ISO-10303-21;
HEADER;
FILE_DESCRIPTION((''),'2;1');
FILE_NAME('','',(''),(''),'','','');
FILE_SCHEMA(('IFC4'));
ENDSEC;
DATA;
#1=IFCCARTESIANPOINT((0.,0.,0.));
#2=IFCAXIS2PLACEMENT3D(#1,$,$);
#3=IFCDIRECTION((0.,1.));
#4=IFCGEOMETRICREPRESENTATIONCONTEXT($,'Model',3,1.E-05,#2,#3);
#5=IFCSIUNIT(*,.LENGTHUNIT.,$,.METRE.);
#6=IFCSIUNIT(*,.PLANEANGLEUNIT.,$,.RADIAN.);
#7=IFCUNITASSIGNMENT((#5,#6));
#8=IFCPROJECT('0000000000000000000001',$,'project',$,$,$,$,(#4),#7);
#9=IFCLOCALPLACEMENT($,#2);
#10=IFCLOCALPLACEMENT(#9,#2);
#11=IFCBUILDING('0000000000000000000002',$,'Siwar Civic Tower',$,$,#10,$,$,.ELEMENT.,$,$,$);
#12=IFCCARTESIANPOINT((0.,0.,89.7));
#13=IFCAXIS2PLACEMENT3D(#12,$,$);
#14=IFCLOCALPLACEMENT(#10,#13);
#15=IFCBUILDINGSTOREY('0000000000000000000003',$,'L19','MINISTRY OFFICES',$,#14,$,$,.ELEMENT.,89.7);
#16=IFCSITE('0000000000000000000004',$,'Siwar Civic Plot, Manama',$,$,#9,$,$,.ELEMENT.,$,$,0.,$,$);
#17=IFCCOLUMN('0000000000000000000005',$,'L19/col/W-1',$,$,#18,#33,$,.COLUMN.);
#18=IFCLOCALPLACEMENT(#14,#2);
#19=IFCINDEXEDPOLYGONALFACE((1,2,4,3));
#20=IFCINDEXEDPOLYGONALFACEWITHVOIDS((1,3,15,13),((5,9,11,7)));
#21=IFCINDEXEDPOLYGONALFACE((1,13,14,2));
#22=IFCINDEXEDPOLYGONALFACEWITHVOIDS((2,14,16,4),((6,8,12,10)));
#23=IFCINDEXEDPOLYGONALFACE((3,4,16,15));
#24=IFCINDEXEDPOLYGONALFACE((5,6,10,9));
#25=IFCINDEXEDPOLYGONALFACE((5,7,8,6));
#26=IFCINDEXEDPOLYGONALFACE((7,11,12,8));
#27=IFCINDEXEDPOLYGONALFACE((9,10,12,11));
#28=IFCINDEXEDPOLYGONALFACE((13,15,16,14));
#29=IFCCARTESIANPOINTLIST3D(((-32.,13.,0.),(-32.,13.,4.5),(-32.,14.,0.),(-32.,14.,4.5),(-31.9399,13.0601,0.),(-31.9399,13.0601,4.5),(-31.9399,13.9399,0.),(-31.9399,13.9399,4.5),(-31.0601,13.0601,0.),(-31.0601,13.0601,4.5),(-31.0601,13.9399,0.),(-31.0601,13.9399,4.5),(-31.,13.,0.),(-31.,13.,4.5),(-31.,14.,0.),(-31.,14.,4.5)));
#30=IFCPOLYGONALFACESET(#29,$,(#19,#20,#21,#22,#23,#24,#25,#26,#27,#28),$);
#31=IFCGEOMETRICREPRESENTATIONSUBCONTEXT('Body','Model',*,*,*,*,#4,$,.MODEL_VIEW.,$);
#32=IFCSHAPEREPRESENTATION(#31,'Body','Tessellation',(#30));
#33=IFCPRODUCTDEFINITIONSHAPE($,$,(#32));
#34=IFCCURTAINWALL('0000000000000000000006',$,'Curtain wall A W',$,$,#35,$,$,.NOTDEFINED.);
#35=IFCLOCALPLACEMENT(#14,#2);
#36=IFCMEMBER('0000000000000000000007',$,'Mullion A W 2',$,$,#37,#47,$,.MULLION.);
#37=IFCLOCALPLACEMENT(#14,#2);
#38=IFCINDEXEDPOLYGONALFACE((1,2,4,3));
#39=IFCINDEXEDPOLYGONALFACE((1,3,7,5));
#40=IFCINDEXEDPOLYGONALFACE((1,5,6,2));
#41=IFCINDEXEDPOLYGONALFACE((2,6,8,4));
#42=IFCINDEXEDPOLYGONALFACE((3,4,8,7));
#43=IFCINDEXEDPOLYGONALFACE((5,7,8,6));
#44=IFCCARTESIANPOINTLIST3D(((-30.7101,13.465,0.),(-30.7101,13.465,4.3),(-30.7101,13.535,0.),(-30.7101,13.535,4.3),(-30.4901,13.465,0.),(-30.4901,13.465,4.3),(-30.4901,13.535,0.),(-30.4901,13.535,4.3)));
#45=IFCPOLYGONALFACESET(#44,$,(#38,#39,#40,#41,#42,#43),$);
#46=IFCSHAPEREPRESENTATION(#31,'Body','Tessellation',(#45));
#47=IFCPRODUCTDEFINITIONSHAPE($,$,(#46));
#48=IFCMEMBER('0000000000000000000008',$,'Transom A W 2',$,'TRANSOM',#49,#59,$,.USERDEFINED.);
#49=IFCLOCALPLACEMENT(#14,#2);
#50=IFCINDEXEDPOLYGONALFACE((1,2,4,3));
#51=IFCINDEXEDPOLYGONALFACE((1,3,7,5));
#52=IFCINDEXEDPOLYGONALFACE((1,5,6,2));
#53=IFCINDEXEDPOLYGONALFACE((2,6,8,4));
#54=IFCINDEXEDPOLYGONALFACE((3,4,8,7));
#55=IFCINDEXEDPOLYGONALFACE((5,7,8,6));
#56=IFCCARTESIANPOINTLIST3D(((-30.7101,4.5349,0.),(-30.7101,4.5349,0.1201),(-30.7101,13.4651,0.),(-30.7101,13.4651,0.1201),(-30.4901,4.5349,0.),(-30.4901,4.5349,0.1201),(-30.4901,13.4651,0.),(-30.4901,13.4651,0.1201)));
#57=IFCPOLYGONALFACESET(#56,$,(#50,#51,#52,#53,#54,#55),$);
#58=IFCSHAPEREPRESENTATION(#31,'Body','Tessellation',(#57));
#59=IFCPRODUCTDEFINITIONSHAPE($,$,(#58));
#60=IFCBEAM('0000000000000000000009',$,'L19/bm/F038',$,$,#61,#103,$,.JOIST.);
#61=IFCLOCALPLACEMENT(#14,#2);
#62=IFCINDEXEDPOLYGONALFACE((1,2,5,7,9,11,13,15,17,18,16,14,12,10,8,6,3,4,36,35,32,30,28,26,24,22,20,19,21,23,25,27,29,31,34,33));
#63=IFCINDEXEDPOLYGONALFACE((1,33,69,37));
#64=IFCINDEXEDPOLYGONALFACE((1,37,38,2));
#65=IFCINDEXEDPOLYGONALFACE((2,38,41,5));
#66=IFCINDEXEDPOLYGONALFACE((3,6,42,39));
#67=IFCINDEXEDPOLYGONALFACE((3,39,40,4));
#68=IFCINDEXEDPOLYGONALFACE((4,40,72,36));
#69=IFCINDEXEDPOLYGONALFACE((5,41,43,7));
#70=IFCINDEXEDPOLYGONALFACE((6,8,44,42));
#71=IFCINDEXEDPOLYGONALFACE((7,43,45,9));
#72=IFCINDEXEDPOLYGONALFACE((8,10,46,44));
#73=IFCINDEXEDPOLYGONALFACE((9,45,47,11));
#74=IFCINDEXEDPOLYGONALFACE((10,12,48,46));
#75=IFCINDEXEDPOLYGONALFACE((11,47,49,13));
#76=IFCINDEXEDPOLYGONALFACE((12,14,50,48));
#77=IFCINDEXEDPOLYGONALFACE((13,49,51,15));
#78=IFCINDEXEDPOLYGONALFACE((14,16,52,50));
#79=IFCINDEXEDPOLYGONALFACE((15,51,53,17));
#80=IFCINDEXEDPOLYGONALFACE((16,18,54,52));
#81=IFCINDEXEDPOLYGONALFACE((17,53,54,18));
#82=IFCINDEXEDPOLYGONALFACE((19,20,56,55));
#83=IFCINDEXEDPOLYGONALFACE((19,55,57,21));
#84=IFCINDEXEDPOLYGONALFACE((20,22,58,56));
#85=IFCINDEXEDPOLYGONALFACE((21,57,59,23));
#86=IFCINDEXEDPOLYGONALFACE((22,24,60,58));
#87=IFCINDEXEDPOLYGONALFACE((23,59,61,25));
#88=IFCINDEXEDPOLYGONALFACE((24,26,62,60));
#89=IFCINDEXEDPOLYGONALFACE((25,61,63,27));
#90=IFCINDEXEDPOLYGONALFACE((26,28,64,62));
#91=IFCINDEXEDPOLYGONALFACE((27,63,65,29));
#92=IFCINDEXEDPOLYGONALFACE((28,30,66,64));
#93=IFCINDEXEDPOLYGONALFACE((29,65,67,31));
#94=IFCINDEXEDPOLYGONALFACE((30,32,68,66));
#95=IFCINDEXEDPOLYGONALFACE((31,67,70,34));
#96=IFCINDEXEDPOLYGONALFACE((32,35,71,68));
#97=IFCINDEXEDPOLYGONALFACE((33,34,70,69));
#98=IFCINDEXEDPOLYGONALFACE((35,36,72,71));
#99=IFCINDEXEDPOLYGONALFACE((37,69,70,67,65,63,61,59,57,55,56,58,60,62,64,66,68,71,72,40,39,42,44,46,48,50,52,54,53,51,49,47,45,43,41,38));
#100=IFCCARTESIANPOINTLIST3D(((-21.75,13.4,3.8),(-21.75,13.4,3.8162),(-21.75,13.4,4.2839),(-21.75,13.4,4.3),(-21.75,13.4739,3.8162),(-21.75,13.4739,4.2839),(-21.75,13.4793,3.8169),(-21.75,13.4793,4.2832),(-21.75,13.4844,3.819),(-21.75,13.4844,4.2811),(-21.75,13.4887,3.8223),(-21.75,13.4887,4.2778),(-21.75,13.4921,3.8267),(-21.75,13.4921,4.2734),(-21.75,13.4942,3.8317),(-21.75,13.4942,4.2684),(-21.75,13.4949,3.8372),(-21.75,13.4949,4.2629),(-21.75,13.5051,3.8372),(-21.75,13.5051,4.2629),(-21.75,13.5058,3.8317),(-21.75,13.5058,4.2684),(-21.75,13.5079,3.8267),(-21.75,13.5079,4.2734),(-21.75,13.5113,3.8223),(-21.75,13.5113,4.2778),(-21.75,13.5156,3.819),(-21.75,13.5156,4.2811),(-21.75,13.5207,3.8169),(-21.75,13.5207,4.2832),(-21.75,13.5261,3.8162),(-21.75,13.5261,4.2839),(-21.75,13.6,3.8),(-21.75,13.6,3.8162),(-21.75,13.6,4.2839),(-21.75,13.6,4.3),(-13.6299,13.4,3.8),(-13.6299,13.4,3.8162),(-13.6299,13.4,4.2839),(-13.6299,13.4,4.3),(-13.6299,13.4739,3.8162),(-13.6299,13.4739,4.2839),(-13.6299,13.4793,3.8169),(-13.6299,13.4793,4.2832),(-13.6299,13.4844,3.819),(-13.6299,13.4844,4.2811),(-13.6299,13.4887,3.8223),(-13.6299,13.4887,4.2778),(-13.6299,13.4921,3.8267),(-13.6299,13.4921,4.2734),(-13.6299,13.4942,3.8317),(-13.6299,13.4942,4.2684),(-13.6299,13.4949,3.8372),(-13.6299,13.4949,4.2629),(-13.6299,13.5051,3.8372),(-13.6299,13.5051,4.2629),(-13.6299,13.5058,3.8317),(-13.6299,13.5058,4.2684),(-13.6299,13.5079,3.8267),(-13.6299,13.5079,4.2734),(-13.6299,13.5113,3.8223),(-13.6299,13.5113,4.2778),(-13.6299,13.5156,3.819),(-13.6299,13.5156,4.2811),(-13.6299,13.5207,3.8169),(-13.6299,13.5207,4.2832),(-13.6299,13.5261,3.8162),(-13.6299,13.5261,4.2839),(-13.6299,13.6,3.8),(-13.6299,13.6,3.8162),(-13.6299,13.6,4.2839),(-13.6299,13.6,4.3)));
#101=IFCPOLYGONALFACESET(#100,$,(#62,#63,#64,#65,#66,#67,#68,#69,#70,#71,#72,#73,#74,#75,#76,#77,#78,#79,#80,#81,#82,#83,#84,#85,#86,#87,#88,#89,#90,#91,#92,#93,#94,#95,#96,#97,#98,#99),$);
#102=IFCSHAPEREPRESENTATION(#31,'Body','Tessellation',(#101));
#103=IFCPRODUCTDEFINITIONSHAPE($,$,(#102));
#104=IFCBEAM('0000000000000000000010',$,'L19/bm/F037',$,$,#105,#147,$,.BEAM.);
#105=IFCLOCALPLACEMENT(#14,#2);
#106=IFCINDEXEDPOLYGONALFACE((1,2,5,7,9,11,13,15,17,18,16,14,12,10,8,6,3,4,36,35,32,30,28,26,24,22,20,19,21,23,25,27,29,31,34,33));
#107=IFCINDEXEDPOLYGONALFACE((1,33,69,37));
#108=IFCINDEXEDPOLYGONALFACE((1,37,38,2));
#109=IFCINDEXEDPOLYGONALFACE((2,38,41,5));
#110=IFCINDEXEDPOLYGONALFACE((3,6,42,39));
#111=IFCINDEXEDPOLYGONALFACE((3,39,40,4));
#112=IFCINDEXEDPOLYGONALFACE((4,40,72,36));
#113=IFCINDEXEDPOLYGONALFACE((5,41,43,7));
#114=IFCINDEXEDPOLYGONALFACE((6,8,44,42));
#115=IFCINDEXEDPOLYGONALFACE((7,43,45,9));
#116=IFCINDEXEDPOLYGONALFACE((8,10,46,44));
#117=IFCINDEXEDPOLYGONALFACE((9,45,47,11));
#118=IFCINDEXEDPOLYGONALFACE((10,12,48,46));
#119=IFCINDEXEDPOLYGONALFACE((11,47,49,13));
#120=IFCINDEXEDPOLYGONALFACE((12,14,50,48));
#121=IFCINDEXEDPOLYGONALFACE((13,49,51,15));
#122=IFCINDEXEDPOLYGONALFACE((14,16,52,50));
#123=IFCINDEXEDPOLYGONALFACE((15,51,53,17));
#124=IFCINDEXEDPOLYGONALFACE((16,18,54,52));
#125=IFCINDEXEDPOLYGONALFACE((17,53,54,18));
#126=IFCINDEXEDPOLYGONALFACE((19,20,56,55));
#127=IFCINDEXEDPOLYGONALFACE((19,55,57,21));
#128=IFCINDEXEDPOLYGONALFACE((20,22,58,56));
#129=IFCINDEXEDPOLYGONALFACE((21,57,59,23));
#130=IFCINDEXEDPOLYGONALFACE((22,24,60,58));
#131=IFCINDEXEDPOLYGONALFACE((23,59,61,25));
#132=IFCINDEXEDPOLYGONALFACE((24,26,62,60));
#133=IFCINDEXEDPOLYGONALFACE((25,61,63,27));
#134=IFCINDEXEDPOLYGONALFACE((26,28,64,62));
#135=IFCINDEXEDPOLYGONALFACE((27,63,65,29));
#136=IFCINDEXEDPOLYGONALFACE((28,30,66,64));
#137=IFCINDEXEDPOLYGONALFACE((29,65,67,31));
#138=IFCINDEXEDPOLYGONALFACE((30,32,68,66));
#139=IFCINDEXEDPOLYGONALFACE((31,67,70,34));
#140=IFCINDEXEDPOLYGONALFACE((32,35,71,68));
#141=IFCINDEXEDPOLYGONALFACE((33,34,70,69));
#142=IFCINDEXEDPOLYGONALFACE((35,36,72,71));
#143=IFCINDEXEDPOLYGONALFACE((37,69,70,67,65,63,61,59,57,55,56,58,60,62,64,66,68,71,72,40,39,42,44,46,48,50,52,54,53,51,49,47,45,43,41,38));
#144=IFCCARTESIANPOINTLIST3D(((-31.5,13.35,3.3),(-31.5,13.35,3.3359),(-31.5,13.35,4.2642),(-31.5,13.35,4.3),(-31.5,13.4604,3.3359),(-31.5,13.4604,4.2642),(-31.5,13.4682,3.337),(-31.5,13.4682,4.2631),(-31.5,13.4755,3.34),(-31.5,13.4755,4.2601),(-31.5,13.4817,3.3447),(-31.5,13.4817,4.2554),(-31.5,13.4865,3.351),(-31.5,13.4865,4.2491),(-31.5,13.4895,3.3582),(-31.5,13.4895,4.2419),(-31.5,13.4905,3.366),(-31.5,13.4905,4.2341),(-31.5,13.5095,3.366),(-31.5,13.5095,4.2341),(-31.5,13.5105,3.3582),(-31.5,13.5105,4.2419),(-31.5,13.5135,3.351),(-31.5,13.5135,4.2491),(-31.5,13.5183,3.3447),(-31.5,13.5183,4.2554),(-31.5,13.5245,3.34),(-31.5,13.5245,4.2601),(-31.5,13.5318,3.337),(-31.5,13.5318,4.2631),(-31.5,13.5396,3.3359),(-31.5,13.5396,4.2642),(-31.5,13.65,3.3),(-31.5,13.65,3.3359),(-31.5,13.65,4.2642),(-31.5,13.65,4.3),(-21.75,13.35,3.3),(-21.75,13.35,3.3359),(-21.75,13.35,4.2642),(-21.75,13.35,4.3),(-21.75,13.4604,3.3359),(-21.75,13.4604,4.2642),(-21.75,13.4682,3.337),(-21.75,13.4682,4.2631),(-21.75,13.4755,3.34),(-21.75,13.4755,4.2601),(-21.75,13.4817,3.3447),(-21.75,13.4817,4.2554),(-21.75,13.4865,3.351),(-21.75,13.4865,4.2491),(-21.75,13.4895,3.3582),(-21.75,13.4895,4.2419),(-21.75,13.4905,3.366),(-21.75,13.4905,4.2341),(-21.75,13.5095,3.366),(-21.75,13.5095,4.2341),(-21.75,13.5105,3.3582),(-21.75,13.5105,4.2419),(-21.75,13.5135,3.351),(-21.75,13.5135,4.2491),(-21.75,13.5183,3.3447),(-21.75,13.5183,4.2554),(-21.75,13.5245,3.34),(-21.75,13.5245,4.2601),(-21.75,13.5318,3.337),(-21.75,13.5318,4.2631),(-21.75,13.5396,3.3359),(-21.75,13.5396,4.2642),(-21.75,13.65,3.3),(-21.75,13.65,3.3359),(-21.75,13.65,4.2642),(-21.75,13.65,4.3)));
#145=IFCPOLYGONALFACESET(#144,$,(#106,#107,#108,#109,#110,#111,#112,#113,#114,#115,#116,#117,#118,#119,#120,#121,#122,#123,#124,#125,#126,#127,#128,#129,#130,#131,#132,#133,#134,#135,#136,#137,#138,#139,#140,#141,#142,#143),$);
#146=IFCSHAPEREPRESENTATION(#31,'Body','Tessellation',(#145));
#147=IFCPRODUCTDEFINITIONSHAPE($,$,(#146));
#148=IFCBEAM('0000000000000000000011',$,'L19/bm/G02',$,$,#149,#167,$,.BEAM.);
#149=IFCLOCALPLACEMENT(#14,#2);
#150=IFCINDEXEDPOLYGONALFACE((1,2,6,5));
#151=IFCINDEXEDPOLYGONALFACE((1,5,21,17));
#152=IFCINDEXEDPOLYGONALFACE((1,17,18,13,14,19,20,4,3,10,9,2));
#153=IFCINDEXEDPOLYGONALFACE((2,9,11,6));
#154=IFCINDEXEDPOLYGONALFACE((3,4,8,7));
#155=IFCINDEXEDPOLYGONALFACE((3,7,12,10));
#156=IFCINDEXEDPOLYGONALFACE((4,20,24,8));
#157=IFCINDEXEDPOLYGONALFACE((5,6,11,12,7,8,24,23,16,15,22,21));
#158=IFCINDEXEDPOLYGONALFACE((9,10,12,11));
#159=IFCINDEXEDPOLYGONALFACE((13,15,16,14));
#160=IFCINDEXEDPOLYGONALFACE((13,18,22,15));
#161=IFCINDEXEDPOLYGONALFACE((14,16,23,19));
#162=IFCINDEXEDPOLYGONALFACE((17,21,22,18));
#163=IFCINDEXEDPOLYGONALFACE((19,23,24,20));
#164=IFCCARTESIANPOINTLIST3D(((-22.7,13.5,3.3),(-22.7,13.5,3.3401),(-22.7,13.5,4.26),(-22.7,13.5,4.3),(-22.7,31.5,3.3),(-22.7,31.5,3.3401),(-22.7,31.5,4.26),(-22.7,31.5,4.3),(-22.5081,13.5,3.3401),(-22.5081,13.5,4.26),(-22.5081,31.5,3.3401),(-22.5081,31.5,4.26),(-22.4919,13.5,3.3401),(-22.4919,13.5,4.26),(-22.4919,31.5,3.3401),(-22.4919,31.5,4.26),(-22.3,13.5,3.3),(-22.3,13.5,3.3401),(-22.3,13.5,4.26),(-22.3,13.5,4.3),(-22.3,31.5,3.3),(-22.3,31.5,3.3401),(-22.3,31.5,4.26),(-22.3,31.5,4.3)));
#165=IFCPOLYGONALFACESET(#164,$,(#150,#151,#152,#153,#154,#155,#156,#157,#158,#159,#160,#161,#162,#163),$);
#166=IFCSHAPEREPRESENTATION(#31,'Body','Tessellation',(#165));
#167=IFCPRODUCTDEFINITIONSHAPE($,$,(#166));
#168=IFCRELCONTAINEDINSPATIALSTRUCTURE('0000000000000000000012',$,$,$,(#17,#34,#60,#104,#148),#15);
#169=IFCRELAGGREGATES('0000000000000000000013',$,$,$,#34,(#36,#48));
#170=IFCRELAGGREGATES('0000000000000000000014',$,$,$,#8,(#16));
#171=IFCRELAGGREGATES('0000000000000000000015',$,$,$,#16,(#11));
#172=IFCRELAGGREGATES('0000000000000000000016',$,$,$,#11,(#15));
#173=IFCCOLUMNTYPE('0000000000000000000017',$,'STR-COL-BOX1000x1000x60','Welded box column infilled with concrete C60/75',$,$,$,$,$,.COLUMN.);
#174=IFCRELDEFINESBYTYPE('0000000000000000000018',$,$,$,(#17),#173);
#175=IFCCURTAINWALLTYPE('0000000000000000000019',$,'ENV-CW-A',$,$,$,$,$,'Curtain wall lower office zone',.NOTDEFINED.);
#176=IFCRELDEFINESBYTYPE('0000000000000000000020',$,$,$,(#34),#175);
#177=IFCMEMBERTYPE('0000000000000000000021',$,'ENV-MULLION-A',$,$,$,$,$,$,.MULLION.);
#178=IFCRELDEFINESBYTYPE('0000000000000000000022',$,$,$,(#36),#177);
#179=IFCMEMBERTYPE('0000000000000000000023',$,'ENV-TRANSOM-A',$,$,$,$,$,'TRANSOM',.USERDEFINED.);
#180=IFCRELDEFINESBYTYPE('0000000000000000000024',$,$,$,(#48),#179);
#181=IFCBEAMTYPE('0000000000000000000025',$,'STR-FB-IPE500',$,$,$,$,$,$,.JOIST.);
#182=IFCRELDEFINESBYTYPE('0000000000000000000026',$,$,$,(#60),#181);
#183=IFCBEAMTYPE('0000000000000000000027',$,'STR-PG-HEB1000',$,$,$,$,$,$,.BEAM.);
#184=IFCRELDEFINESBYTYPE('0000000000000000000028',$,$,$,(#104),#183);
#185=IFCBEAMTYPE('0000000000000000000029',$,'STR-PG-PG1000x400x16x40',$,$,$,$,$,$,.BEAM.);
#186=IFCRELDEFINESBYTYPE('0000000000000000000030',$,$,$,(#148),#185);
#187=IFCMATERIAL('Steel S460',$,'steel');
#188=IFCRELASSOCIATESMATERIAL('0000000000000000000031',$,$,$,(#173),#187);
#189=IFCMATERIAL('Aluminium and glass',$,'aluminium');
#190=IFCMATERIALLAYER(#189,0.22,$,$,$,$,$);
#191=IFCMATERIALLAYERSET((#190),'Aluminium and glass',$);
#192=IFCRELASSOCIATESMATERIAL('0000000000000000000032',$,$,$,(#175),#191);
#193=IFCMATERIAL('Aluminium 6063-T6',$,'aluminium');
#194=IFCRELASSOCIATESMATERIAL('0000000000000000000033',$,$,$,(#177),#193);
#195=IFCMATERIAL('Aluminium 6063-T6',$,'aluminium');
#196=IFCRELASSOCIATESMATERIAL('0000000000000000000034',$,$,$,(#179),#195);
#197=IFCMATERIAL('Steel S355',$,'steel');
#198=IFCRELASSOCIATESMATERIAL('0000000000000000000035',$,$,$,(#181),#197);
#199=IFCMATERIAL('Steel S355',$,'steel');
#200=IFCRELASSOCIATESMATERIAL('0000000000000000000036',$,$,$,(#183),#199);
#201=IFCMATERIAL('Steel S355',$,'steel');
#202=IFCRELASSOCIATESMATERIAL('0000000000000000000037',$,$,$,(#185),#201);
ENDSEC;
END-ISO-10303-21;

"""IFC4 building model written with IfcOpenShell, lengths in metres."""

from ifc_helpers import new_model, si_unit, direction, frame, origin, origin_2d, place, context, subcontext, project, spatial, rectangle, hollow_rectangle, i_section, extrude, material, layer, layer_set, material_profile, profile_set, type_object, element, aggregate, save


model = new_model("IFC4")

# Units and contexts
model_context = context("Model", 3, precision=1e-05, world=origin(), true_north=direction((0.0, 1.0)))
body_context = subcontext(model_context, "Body", "Model", "MODEL_VIEW")
ifc_project = project(units=[si_unit("LENGTHUNIT", "METRE"), si_unit("PLANEANGLEUNIT", "RADIAN")], contexts=[model_context])

# Site, building, storey
site_placement = place(None, origin())
site = spatial("IfcSite", under=ifc_project, at=site_placement, Name="Siwar Civic Plot, Manama", CompositionType="ELEMENT", RefElevation=0.0)
building_placement = place(site_placement, origin())
building = spatial("IfcBuilding", under=site, at=building_placement, Name="Siwar Civic Tower", CompositionType="ELEMENT")
storey_placement = place(building_placement, frame((0.0, 0.0, 89.7)))
storey = spatial("IfcBuildingStorey", under=building, at=storey_placement, Name="L19", Description="MINISTRY OFFICES", CompositionType="ELEMENT", Elevation=89.7)

# Column
ifc_material_1 = material(Name="Steel S460", Category="steel")
ifc_material_profile_1 = material_profile(ifc_material_1, hollow_rectangle(XDim=1.0, YDim=1.0, WallThickness=0.0601, at=origin_2d()), Name="BOX1000x1000x60")
ifc_profile_set_1 = profile_set([ifc_material_profile_1], Name="Steel S460")
column_type = type_object("IfcColumnType", Name="STR-COL-BOX1000x1000x60", Description="Welded box column infilled with concrete C60/75", PredefinedType="COLUMN", material=ifc_profile_set_1)
column_placement = place(storey_placement, frame((-31.5, 13.5, 0.0), z_axis=(0.0, 0.0, 1.0), x_axis=(1.0, 0.0, 0.0)))
element("IfcColumn", 1, at=column_placement, inside=storey, type_object=column_type, Name="L19/col/W-1", PredefinedType="COLUMN", context=body_context, shape_type="SweptSolid", body=[
    extrude(hollow_rectangle(XDim=1.0, YDim=1.0, WallThickness=0.0601, at=origin_2d()), origin(), (0.0, 0.0, 1.0), 4.5),
])

# Curtain wall, members
ifc_material_2 = material(Name="Aluminium and glass", Category="aluminium")
ifc_layer_1 = layer(ifc_material_2, 0.22)
ifc_layer_set_1 = layer_set([ifc_layer_1], Name="Aluminium and glass")
curtain_wall_type = type_object("IfcCurtainWallType", Name="ENV-CW-A", ElementType="Curtain wall lower office zone", PredefinedType="NOTDEFINED", material=ifc_layer_set_1)
curtain_wall_placement = place(storey_placement, origin())
curtain_wall = element("IfcCurtainWall", 2, at=curtain_wall_placement, inside=storey, type_object=curtain_wall_type, Name="Curtain wall A W", PredefinedType="NOTDEFINED")
ifc_material_3 = material(Name="Aluminium 6063-T6", Category="aluminium")
ifc_material_profile_2 = material_profile(ifc_material_3, rectangle(XDim=0.22, YDim=0.0701, at=origin_2d()), Name="AL 220x70")
ifc_profile_set_2 = profile_set([ifc_material_profile_2], Name="Aluminium 6063-T6")
member_type_1 = type_object("IfcMemberType", Name="ENV-MULLION-A", PredefinedType="MULLION", material=ifc_profile_set_2)
member_1_placement = place(storey_placement, frame((-30.6001, 13.5, 0.0), z_axis=(0.0, 0.0, 1.0), x_axis=(1.0, 0.0, 0.0)))
member_1 = element("IfcMember", 3, at=member_1_placement, type_object=member_type_1, Name="Mullion A W 2", PredefinedType="MULLION", context=body_context, shape_type="SweptSolid", body=[
    extrude(rectangle(XDim=0.22, YDim=0.0701, at=origin_2d()), origin(), (0.0, 0.0, 1.0), 4.3),
])
ifc_material_4 = material(Name="Aluminium 6063-T6", Category="aluminium")
ifc_material_profile_3 = material_profile(ifc_material_4, rectangle(XDim=0.22, YDim=0.1201, at=origin_2d()), Name="AL 220x120")
ifc_profile_set_3 = profile_set([ifc_material_profile_3], Name="Aluminium 6063-T6")
member_type_2 = type_object("IfcMemberType", Name="ENV-TRANSOM-A", ElementType="TRANSOM", PredefinedType="USERDEFINED", material=ifc_profile_set_3)
member_2_placement = place(storey_placement, frame((-30.6001, 13.4651, 0.0601), z_axis=(0.0, -1.0, 0.0), x_axis=(1.0, 0.0, 0.0)))
member_2 = element("IfcMember", 4, at=member_2_placement, type_object=member_type_2, Name="Transom A W 2", ObjectType="TRANSOM", PredefinedType="USERDEFINED", context=body_context, shape_type="SweptSolid", body=[
    extrude(rectangle(XDim=0.22, YDim=0.1201, at=origin_2d()), origin(), (0.0, 0.0, 1.0), 8.9302),
])

# Beams
ifc_material_5 = material(Name="Steel S355", Category="steel")
ifc_material_profile_4 = material_profile(ifc_material_5, i_section(OverallWidth=0.2, OverallDepth=0.5, WebThickness=0.0103, FlangeThickness=0.0161, FilletRadius=0.021, at=origin_2d()), Name="IPE500")
ifc_profile_set_4 = profile_set([ifc_material_profile_4], Name="Steel S355")
beam_type_1 = type_object("IfcBeamType", Name="STR-FB-IPE500", PredefinedType="JOIST", material=ifc_profile_set_4)
beam_1_placement = place(storey_placement, frame((-21.75, 13.5, 4.05), z_axis=(1.0, 0.0, 0.0), x_axis=(0.0, 1.0, 0.0)))
element("IfcBeam", 5, at=beam_1_placement, inside=storey, type_object=beam_type_1, Name="L19/bm/F038", PredefinedType="JOIST", context=body_context, shape_type="SweptSolid", body=[
    extrude(i_section(OverallWidth=0.2, OverallDepth=0.5, WebThickness=0.0103, FlangeThickness=0.0161, FilletRadius=0.021, at=origin_2d()), origin(), (0.0, 0.0, 1.0), 8.1201),
])
ifc_material_6 = material(Name="Steel S355", Category="steel")
ifc_material_profile_5 = material_profile(ifc_material_6, i_section(OverallWidth=0.3, OverallDepth=1.0, WebThickness=0.019, FlangeThickness=0.0359, FilletRadius=0.03, at=origin_2d()), Name="HEB1000")
ifc_profile_set_5 = profile_set([ifc_material_profile_5], Name="Steel S355")
beam_type_2 = type_object("IfcBeamType", Name="STR-PG-HEB1000", PredefinedType="BEAM", material=ifc_profile_set_5)
beam_2_placement = place(storey_placement, frame((-31.5, 13.5, 3.8), z_axis=(1.0, 0.0, 0.0), x_axis=(0.0, 1.0, 0.0)))
element("IfcBeam", 6, at=beam_2_placement, inside=storey, type_object=beam_type_2, Name="L19/bm/F037", PredefinedType="BEAM", context=body_context, shape_type="SweptSolid", body=[
    extrude(i_section(OverallWidth=0.3, OverallDepth=1.0, WebThickness=0.019, FlangeThickness=0.0359, FilletRadius=0.03, at=origin_2d()), origin(), (0.0, 0.0, 1.0), 9.75),
])
ifc_material_7 = material(Name="Steel S355", Category="steel")
ifc_material_profile_6 = material_profile(ifc_material_7, i_section(OverallWidth=0.3999, OverallDepth=1.0, WebThickness=0.0161, FlangeThickness=0.04, at=origin_2d()), Name="PG1000x400x16x40")
ifc_profile_set_6 = profile_set([ifc_material_profile_6], Name="Steel S355")
beam_type_3 = type_object("IfcBeamType", Name="STR-PG-PG1000x400x16x40", PredefinedType="BEAM", material=ifc_profile_set_6)
beam_3_placement = place(storey_placement, frame((-22.5, 13.5, 3.8), z_axis=(0.0, 1.0, 0.0), x_axis=(-1.0, 0.0, 0.0)))
element("IfcBeam", 7, at=beam_3_placement, inside=storey, type_object=beam_type_3, Name="L19/bm/G02", PredefinedType="BEAM", context=body_context, shape_type="SweptSolid", body=[
    extrude(i_section(OverallWidth=0.3999, OverallDepth=1.0, WebThickness=0.0161, FlangeThickness=0.04, at=origin_2d()), origin(), (0.0, 0.0, 1.0), 18.0),
])

aggregate(curtain_wall, [member_1, member_2])

save(model, "model.ifc")
